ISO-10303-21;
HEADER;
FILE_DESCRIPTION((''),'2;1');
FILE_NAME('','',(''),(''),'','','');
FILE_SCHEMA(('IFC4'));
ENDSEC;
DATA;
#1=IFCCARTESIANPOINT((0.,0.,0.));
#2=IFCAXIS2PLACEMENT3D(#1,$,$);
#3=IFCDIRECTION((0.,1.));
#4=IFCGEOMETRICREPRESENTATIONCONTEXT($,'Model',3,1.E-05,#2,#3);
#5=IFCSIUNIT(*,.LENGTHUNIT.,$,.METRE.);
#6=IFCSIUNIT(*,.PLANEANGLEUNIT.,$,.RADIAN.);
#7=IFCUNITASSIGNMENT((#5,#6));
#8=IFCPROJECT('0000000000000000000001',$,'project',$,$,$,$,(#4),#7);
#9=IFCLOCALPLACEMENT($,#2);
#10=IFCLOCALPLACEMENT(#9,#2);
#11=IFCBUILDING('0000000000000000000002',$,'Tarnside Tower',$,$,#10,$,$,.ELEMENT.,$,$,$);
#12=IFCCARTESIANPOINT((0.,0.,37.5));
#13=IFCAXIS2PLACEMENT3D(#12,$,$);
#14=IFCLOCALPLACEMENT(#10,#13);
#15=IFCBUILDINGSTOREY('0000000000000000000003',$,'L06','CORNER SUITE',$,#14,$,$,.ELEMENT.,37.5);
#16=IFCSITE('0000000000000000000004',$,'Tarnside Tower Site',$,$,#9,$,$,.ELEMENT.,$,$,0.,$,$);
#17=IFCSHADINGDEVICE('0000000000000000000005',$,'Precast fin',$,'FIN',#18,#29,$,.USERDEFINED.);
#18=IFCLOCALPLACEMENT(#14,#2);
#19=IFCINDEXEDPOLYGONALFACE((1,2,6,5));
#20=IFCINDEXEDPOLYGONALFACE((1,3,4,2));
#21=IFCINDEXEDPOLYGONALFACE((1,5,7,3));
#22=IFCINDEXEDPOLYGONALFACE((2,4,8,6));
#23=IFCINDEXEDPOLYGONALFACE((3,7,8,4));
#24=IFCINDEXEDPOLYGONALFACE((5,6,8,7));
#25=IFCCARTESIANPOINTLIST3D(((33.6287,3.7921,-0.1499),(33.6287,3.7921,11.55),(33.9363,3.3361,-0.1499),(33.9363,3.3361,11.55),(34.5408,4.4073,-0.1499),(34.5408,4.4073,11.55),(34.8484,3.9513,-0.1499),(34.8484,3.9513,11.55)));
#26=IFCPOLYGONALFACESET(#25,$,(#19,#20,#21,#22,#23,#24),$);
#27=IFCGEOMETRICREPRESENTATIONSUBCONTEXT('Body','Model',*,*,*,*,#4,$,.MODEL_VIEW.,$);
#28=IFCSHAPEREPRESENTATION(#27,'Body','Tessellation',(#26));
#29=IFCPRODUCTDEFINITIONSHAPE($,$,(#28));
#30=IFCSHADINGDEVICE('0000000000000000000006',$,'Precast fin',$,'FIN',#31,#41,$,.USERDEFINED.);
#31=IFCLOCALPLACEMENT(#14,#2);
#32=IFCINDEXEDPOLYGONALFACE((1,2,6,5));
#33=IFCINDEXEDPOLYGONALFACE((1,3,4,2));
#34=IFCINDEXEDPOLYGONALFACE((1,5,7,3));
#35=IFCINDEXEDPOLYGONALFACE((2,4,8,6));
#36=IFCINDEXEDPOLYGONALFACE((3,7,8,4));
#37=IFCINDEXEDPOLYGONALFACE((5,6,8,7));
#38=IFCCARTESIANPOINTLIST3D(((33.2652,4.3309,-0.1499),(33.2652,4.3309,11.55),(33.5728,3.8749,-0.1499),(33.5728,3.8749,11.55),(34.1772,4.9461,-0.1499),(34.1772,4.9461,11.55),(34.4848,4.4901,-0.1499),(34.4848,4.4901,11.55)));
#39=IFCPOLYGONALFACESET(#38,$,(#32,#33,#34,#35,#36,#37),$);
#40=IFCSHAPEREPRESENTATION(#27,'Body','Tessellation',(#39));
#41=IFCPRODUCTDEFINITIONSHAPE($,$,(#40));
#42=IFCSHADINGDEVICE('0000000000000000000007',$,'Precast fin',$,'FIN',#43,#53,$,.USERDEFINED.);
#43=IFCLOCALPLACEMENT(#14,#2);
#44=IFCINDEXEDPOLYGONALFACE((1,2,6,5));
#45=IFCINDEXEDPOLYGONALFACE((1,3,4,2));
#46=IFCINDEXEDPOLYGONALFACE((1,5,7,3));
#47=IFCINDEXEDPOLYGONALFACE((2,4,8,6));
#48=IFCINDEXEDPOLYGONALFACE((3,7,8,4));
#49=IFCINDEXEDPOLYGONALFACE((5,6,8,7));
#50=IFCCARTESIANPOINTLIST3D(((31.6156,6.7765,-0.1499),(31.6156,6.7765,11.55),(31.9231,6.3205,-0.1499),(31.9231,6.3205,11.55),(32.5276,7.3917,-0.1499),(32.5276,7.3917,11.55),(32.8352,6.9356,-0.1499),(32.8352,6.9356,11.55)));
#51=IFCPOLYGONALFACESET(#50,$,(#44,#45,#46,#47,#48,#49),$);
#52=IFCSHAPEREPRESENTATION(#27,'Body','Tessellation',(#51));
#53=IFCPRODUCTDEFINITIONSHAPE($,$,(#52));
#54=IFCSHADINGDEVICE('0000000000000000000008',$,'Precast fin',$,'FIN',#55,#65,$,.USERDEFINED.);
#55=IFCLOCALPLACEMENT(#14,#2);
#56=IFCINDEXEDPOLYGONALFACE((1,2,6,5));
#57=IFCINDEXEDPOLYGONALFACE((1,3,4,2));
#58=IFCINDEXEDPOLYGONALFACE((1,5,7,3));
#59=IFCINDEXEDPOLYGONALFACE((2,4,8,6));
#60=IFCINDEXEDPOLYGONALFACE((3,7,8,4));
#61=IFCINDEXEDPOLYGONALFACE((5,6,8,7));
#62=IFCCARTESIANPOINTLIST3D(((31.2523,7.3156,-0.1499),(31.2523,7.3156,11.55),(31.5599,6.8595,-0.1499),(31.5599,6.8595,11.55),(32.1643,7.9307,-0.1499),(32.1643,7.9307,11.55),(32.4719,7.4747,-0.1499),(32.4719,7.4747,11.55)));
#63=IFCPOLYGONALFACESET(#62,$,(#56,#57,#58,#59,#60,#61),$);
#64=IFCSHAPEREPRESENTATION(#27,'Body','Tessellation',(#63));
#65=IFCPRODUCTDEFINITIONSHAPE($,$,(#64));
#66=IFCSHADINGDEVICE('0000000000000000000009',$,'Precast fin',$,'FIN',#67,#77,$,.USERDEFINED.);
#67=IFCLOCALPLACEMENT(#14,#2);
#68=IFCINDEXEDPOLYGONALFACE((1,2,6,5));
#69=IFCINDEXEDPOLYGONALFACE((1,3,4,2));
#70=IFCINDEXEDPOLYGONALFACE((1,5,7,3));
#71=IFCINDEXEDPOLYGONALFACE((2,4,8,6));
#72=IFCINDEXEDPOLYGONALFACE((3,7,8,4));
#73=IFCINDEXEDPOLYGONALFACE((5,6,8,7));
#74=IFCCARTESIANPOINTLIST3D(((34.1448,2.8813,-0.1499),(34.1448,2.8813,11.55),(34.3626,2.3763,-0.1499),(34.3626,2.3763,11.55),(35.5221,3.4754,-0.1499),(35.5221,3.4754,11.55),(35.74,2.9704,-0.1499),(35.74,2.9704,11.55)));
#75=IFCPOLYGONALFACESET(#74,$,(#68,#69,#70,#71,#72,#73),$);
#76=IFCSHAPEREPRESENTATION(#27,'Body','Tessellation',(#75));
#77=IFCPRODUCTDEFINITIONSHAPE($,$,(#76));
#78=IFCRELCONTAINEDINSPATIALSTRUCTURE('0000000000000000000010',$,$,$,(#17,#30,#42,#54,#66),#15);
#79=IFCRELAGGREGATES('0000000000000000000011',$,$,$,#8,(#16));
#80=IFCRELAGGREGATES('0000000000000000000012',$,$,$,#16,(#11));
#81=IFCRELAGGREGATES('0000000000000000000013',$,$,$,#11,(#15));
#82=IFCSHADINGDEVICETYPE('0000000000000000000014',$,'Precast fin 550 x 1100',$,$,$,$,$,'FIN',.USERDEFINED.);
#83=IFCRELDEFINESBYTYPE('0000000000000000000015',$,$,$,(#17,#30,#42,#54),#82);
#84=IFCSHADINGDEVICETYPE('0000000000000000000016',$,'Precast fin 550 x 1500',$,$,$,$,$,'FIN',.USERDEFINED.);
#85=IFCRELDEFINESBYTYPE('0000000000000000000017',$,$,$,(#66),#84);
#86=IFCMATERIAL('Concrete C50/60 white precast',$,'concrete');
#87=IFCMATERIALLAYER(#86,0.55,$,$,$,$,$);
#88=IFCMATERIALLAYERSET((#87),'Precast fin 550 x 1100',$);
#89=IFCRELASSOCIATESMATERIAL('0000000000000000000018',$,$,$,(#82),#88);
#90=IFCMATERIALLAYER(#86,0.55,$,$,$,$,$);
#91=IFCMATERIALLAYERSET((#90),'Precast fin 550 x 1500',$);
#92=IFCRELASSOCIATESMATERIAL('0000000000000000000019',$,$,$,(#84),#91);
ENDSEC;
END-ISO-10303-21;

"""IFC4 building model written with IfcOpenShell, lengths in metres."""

from ifc_helpers import new_model, si_unit, direction, frame, origin, place, context, subcontext, project, spatial, polyline, outline, extrude, material, layer, layer_set, type_object, element, save


model = new_model("IFC4")

# Units and contexts
model_context = context("Model", 3, precision=1e-05, world=origin(), true_north=direction((0.0, 1.0)))
body_context = subcontext(model_context, "Body", "Model", "MODEL_VIEW")
ifc_project = project(units=[si_unit("LENGTHUNIT", "METRE"), si_unit("PLANEANGLEUNIT", "RADIAN")], contexts=[model_context])

# Site, building, storey
site_placement = place(None, origin())
site = spatial("IfcSite", under=ifc_project, at=site_placement, Name="Tarnside Tower Site", CompositionType="ELEMENT", RefElevation=0.0)
building_placement = place(site_placement, origin())
building = spatial("IfcBuilding", under=site, at=building_placement, Name="Tarnside Tower", CompositionType="ELEMENT")
storey_placement = place(building_placement, frame((0.0, 0.0, 37.5)))
storey = spatial("IfcBuildingStorey", under=building, at=storey_placement, Name="L06", Description="CORNER SUITE", CompositionType="ELEMENT", Elevation=37.5)

# Shading devices
ifc_material_1 = material(Name="Concrete C50/60 white precast", Category="concrete")
ifc_layer_1 = layer(ifc_material_1, 0.55)
ifc_layer_set_1 = layer_set([ifc_layer_1], Name="Precast fin 550 x 1100")
shading_device_type_1 = type_object("IfcShadingDeviceType", Name="Precast fin 550 x 1100", ElementType="FIN", PredefinedType="USERDEFINED", material=ifc_layer_set_1)
for number, where, z_axis, x_axis, name in (
    (1, (33.7825, 3.5642, -0.1499), (0.559193, -0.829038, 0.0), (0.829038, 0.559193, 0.0), "Precast fin"),
    (2, (33.4189, 4.103, -0.1499), (0.559193, -0.829038, 0.0), (0.829038, 0.559193, 0.0), "Precast fin"),
    (3, (31.7693, 6.5486, -0.1499), (0.559193, -0.829038, 0.0), (0.829038, 0.559193, 0.0), "Precast fin"),
    (4, (31.406, 7.0876, -0.1499), (0.559193, -0.829038, 0.0), (0.829038, 0.559193, 0.0), "Precast fin"),
):
    element("IfcShadingDevice", number, at=place(storey_placement, frame(where, z_axis=z_axis, x_axis=x_axis)), inside=storey, type_object=shading_device_type_1, Name=name, ObjectType="FIN", PredefinedType="USERDEFINED", context=body_context, shape_type="SweptSolid", body=[
        extrude(outline(polyline([(0.0, 0.0), (1.1001, 0.0), (1.1001, 11.7), (0.0, 11.7), (0.0, 0.0)])), frame((0.0, 0.0, -0.2749)), (0.0, 0.0, 1.0), 0.55),
    ])
ifc_layer_2 = layer(ifc_material_1, 0.55)
ifc_layer_set_2 = layer_set([ifc_layer_2], Name="Precast fin 550 x 1500")
shading_device_type_2 = type_object("IfcShadingDeviceType", Name="Precast fin 550 x 1500", ElementType="FIN", PredefinedType="USERDEFINED", material=ifc_layer_set_2)
shading_device_placement = place(storey_placement, frame((34.2537, 2.6289, -0.1499), z_axis=(0.39608, -0.918216, 0.0), x_axis=(0.918216, 0.39608, 0.0)))
element("IfcShadingDevice", 5, at=shading_device_placement, inside=storey, type_object=shading_device_type_2, Name="Precast fin", ObjectType="FIN", PredefinedType="USERDEFINED", context=body_context, shape_type="SweptSolid", body=[
    extrude(outline(polyline([(0.0, 0.0), (1.5, 0.0), (1.5, 11.7), (0.0, 11.7), (0.0, 0.0)])), frame((0.0, 0.0, -0.2749)), (0.0, 0.0, 1.0), 0.55),
])

save(model, "model.ifc")
